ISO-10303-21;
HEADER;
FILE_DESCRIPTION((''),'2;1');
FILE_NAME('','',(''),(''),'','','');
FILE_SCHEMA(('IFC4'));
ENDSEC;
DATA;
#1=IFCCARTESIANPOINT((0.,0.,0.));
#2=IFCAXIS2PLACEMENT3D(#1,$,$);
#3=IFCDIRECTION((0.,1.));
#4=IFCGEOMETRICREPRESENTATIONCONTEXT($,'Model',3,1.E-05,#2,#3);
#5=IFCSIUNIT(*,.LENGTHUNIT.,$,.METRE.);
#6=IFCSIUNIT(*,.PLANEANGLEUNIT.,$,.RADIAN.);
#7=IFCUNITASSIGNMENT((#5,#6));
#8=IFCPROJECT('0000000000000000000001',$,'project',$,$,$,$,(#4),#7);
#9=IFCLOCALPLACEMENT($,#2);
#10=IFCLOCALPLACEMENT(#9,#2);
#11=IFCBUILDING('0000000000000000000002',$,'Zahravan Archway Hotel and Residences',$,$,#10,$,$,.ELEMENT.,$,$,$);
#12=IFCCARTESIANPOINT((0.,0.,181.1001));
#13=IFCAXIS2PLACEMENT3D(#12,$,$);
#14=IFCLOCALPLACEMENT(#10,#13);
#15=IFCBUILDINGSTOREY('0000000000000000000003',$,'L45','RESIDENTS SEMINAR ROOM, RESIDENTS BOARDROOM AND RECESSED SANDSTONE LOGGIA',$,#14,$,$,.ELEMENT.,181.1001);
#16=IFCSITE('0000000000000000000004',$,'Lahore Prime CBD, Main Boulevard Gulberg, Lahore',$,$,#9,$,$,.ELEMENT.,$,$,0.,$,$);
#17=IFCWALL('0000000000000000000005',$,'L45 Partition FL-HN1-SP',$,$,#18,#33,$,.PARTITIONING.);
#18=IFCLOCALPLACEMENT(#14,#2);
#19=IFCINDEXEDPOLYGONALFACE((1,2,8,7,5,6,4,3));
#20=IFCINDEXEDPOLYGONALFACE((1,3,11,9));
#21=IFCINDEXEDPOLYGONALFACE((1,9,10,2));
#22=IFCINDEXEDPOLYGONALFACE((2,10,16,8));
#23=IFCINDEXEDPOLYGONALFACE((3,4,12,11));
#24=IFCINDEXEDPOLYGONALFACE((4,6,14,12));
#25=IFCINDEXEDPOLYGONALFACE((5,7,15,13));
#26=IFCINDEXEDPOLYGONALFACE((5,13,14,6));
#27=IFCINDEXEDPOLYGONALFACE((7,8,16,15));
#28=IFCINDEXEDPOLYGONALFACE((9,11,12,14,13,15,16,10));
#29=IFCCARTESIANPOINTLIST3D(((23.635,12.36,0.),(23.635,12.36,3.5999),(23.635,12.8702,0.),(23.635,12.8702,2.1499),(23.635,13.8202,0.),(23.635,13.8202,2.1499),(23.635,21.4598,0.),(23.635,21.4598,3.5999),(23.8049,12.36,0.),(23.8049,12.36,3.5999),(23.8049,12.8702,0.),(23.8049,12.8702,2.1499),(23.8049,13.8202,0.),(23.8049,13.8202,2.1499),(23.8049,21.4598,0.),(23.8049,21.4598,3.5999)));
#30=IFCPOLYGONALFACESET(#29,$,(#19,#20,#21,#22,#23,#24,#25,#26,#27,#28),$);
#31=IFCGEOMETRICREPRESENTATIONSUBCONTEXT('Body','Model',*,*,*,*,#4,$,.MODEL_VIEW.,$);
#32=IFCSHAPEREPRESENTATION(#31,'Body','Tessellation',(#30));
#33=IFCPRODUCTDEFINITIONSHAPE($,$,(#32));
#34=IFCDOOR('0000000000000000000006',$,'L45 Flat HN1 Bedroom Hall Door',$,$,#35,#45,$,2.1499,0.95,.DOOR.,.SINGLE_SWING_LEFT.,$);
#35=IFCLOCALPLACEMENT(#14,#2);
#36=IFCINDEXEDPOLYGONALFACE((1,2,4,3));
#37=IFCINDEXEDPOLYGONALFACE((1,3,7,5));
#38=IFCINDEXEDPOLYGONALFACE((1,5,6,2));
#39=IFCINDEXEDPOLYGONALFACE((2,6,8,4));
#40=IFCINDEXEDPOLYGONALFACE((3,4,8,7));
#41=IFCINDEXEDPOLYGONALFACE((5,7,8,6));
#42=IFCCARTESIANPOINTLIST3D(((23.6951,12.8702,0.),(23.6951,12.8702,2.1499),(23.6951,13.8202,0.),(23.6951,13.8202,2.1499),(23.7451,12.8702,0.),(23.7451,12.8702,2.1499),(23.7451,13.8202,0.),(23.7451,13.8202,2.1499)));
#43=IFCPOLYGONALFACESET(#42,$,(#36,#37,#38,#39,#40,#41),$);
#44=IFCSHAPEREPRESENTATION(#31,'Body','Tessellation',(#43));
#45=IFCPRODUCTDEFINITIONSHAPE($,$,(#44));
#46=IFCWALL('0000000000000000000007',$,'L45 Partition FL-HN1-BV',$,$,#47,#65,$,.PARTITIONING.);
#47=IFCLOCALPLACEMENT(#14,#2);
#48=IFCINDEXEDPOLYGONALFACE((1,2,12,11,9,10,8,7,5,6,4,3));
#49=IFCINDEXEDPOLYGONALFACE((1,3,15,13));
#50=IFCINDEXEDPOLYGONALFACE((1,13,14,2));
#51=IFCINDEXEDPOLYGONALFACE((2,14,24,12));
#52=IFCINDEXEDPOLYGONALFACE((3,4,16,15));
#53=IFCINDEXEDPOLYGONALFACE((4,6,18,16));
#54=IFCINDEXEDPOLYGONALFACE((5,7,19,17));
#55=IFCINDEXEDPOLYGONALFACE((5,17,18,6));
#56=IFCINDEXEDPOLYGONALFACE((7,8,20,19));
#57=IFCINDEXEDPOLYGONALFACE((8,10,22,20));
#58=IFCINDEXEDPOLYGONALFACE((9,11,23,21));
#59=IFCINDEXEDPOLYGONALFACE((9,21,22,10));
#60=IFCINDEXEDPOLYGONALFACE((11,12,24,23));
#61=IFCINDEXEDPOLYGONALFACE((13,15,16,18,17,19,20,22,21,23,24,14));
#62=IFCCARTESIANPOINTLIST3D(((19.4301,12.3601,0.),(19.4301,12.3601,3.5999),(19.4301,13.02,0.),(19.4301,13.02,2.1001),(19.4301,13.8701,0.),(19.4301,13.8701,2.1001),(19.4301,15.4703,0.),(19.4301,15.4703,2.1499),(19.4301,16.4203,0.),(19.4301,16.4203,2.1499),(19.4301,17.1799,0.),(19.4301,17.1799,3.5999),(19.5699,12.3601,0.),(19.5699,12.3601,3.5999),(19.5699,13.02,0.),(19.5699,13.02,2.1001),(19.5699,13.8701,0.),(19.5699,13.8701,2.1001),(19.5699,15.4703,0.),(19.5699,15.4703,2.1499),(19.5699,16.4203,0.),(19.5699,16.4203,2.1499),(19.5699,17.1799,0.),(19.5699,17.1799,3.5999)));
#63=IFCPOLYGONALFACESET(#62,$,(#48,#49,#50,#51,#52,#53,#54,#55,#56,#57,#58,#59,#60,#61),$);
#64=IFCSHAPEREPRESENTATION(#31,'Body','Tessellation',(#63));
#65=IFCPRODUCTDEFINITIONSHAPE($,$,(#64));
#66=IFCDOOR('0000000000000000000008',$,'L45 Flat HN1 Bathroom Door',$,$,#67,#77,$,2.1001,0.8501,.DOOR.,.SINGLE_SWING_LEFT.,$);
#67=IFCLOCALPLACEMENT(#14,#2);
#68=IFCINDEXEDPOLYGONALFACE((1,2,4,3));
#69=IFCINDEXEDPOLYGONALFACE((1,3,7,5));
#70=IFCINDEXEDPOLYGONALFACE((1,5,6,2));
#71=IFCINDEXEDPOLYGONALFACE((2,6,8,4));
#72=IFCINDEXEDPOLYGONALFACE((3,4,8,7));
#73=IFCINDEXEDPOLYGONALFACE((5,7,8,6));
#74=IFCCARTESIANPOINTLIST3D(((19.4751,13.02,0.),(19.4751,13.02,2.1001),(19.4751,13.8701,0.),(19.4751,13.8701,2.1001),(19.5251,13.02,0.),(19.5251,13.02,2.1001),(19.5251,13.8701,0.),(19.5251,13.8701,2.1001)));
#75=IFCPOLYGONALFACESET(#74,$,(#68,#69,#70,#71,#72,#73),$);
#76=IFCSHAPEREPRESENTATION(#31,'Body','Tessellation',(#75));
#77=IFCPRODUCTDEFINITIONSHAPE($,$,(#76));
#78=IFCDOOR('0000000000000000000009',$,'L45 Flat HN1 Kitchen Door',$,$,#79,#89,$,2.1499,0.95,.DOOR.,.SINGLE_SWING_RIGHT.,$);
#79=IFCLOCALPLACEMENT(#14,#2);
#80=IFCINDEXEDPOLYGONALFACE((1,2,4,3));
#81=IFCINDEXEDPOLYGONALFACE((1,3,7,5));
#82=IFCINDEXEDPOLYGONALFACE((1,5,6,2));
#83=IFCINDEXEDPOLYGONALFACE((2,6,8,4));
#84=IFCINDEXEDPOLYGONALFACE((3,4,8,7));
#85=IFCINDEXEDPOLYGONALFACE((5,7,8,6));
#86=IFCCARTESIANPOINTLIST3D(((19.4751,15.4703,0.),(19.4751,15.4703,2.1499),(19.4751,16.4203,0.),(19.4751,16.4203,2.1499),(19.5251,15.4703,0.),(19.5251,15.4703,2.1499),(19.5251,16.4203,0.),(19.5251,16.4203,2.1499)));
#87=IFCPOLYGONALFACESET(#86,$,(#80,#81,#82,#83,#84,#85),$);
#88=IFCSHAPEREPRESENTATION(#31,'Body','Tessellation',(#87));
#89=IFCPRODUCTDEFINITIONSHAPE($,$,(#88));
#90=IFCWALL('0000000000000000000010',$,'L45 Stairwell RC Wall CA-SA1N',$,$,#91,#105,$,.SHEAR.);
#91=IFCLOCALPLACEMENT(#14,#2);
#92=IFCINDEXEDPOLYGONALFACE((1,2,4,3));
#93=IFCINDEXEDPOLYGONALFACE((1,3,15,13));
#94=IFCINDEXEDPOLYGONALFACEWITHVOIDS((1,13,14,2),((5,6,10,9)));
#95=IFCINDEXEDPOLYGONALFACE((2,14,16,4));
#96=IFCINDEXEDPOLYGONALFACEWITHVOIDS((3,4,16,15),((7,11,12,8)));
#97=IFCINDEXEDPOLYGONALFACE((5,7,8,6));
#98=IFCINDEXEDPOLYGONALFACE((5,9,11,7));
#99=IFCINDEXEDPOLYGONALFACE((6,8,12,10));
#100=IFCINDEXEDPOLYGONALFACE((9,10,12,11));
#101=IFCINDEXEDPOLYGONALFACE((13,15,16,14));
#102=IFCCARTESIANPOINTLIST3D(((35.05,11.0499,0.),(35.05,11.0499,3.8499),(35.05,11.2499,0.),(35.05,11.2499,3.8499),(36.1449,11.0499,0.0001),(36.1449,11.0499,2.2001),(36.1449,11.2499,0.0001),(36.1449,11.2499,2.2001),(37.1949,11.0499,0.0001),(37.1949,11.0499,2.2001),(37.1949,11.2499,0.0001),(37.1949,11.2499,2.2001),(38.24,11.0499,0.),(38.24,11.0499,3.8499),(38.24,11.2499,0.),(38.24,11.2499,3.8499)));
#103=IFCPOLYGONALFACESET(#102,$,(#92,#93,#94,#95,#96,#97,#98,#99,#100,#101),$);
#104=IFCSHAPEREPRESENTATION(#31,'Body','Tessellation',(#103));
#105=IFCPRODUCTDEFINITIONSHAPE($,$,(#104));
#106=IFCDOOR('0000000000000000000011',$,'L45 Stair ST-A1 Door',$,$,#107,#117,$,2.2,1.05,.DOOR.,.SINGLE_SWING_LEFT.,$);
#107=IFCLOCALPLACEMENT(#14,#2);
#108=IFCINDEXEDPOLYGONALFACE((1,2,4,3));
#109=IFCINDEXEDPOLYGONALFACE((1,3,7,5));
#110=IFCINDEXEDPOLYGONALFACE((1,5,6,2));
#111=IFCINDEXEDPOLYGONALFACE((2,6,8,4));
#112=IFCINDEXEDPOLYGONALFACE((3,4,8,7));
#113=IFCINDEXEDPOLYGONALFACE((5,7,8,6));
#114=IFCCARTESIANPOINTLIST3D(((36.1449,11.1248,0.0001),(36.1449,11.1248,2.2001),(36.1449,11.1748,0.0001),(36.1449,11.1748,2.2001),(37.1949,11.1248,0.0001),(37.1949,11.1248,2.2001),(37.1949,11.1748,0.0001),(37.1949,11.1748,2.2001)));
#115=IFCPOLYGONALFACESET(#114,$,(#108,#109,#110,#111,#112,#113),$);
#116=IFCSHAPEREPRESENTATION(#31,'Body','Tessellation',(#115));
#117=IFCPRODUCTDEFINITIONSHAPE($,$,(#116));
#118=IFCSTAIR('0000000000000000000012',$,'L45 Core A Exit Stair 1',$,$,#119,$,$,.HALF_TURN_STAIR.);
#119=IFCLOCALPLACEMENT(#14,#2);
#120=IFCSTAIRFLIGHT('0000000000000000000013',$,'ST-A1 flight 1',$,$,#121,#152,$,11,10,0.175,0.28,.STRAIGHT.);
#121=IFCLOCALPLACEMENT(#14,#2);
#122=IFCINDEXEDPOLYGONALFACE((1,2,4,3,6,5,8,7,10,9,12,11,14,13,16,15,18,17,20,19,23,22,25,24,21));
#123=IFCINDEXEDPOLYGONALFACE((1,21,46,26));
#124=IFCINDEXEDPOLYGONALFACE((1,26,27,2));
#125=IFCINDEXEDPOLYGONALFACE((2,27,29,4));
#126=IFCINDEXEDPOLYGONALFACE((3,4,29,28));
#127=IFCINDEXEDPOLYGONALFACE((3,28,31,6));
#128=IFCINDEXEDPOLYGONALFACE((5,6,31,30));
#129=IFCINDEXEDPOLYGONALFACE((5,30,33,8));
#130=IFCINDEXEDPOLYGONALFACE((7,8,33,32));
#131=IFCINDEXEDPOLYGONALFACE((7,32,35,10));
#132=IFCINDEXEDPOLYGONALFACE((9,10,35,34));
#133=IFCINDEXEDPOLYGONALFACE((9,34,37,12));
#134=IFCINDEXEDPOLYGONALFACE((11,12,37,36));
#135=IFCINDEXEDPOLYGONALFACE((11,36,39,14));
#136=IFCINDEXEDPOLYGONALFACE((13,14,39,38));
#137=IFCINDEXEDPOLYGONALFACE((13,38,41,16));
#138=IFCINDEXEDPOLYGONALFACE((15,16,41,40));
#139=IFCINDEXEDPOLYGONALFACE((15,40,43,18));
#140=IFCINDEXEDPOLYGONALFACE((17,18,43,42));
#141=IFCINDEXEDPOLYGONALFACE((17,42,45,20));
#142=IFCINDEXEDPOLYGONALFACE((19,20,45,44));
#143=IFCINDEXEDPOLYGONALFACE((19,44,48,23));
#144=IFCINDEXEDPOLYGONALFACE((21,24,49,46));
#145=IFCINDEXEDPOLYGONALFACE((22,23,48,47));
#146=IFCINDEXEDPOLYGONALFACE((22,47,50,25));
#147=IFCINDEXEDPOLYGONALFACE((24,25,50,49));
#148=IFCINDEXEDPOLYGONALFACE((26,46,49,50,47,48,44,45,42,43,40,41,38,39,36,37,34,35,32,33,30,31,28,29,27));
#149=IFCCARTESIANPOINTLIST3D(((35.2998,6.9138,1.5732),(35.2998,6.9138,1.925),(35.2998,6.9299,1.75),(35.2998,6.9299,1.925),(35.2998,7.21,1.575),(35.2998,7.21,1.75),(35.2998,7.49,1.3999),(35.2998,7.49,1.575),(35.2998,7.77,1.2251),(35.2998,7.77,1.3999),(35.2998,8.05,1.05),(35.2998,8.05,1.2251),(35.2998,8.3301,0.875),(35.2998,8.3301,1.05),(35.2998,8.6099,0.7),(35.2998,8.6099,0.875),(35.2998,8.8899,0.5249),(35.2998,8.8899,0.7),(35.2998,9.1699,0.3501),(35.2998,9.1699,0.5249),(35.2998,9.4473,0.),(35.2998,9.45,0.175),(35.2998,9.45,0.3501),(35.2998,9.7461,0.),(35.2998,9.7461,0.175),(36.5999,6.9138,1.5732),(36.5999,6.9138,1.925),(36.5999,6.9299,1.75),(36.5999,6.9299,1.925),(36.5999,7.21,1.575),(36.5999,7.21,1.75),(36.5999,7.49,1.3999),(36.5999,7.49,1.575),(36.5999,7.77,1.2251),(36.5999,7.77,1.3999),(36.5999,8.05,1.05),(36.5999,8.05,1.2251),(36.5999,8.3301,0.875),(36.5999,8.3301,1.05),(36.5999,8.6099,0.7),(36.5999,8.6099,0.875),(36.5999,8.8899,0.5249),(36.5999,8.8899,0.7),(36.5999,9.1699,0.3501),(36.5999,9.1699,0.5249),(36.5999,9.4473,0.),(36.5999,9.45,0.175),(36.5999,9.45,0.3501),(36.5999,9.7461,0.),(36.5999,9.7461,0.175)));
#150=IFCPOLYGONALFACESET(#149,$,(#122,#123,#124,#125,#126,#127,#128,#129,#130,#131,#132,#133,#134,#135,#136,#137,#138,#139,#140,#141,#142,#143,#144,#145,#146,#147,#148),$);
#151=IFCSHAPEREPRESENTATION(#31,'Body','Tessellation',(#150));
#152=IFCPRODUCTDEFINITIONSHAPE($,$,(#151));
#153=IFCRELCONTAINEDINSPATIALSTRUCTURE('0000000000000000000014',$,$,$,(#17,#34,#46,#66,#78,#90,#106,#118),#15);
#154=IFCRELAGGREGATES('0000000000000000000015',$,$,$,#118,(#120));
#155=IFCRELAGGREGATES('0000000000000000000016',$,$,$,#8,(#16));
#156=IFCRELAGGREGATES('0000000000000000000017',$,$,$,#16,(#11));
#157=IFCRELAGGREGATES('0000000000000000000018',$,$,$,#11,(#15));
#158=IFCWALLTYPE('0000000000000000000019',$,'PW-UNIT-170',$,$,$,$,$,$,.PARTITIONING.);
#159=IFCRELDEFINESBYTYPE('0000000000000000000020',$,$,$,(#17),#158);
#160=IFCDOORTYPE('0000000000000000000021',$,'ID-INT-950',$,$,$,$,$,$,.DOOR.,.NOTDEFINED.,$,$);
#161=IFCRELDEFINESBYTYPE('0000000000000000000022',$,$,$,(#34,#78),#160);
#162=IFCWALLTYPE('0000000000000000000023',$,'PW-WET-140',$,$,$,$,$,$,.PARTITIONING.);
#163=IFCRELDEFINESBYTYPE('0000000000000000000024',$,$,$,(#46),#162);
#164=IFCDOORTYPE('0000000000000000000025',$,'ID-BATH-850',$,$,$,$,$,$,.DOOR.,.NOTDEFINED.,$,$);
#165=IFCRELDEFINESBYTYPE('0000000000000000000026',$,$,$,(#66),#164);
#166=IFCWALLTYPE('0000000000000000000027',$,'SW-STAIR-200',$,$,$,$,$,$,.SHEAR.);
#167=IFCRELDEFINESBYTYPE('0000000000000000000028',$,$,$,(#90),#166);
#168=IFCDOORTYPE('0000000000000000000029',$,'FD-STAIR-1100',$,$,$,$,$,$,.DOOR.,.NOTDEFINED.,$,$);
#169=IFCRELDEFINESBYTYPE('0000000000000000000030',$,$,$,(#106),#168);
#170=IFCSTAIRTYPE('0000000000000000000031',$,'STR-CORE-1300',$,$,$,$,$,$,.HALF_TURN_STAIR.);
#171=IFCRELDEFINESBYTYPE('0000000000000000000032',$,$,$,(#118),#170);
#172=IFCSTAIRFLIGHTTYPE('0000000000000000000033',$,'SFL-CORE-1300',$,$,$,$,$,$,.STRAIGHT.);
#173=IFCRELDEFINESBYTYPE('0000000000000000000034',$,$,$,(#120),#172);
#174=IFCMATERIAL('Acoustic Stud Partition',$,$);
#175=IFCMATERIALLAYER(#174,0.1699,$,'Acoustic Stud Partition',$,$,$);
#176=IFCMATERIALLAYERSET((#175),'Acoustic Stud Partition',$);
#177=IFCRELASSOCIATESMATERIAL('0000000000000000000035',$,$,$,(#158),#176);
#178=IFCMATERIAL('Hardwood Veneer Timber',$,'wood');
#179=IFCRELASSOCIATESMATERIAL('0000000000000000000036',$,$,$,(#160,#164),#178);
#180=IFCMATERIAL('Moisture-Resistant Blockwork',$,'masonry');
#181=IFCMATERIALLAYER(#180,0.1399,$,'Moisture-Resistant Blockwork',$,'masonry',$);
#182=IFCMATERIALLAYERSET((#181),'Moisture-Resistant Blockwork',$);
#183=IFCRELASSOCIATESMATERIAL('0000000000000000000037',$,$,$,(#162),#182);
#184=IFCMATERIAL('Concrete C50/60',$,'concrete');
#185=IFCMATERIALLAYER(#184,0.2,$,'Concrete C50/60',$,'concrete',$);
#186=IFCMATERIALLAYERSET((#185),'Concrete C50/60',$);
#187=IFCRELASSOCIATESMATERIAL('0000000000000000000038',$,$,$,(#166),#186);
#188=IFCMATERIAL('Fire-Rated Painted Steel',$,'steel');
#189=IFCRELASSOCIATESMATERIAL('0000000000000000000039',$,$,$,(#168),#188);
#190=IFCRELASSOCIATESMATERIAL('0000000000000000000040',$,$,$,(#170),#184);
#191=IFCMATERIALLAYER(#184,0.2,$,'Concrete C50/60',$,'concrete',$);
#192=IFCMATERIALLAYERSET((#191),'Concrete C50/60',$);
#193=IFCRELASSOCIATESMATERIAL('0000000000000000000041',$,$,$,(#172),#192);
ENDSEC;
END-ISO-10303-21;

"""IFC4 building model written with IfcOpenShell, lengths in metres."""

from ifc_helpers import new_model, si_unit, direction, frame, frame_2d, origin, place, context, subcontext, project, spatial, polyline, rectangle, outline, extrude, source, transform, mapped, material, layer, layer_set, type_object, type_shapes, element, fill, aggregate, save


model = new_model("IFC4")

# Units and contexts
model_context = context("Model", 3, precision=1e-05, world=origin(), true_north=direction((0.0, 1.0)))
body_context = subcontext(model_context, "Body", "Model", "MODEL_VIEW")
ifc_project = project(units=[si_unit("LENGTHUNIT", "METRE"), si_unit("PLANEANGLEUNIT", "RADIAN")], contexts=[model_context])

# Site, building, storey
site_placement = place(None, origin())
site = spatial("IfcSite", under=ifc_project, at=site_placement, Name="Lahore Prime CBD, Main Boulevard Gulberg, Lahore", CompositionType="ELEMENT", RefElevation=0.0)
building_placement = place(site_placement, origin())
building = spatial("IfcBuilding", under=site, at=building_placement, Name="Zahravan Archway Hotel and Residences", CompositionType="ELEMENT")
storey_placement = place(building_placement, frame((0.0, 0.0, 181.1001)))
storey = spatial("IfcBuildingStorey", under=building, at=storey_placement, Name="L45", Description="RESIDENTS SEMINAR ROOM, RESIDENTS BOARDROOM AND RECESSED SANDSTONE LOGGIA", CompositionType="ELEMENT", Elevation=181.1001)

# Wall, opening, door
ifc_material_1 = material(Name="Acoustic Stud Partition")
ifc_layer_1 = layer(ifc_material_1, 0.1699, Name="Acoustic Stud Partition")
ifc_layer_set_1 = layer_set([ifc_layer_1], Name="Acoustic Stud Partition")
wall_type_1 = type_object("IfcWallType", Name="PW-UNIT-170", PredefinedType="PARTITIONING", material=ifc_layer_set_1)
wall_1_placement = place(storey_placement, frame((23.72, 12.3601, 0.0), z_axis=(0.0, 0.0, 1.0), x_axis=(0.0, 1.0, 0.0)))
wall_1 = element("IfcWall", 1, at=wall_1_placement, inside=storey, type_object=wall_type_1, Name="L45 Partition FL-HN1-SP", PredefinedType="PARTITIONING", context=body_context, shape_type="SweptSolid", body=[
    extrude(rectangle(XDim=9.0999, YDim=0.1699, at=frame_2d((4.5498, 0.0))), origin(), (0.0, 0.0, 1.0), 3.5999),
])
opening_1_placement = place(wall_1_placement, frame((0.51, 0.0, 0.0)))
opening_1 = element("IfcOpeningElement", 2, at=opening_1_placement, cuts=wall_1, PredefinedType="OPENING", context=body_context, shape_type="SweptSolid", body=[
    extrude(rectangle(XDim=0.95, YDim=2.1499, at=frame_2d((0.4751, 1.075))), frame((0.0, 0.095, 0.0), z_axis=(0.0, -1.0, 0.0), x_axis=(1.0, 0.0, 0.0)), (0.0, 0.0, 1.0), 0.1899),
])
ifc_material_2 = material(Name="Hardwood Veneer Timber", Category="wood")
door_type_1 = type_object("IfcDoorType", Name="ID-INT-950", OperationType="NOTDEFINED", PredefinedType="DOOR", material=ifc_material_2)
shared_shape_1 = source(origin(), body_context, "Body", "SweptSolid", [
    extrude(rectangle(XDim=0.95, YDim=2.1499, at=frame_2d((0.4751, 1.075))), frame((0.0, 0.0249, 0.0), z_axis=(0.0, -1.0, 0.0), x_axis=(1.0, 0.0, 0.0)), (0.0, 0.0, 1.0), 0.05),
])
type_shapes(door_type_1, [shared_shape_1])
door_1_placement = place(opening_1_placement, origin())
door_1 = element("IfcDoor", 3, at=door_1_placement, inside=storey, type_object=door_type_1, Name="L45 Flat HN1 Bedroom Hall Door", OperationType="SINGLE_SWING_LEFT", OverallHeight=2.1499, OverallWidth=0.95, PredefinedType="DOOR", context=body_context, shape_type="MappedRepresentation", body=[
    mapped(shared_shape_1, transform((0.0, 0.0, 0.0), scale=1.0)),
])
fill(opening_1, door_1)

# Wall, openings, doors
ifc_material_3 = material(Name="Moisture-Resistant Blockwork", Category="masonry")
ifc_layer_2 = layer(ifc_material_3, 0.1399, Name="Moisture-Resistant Blockwork", Category="masonry")
ifc_layer_set_2 = layer_set([ifc_layer_2], Name="Moisture-Resistant Blockwork")
wall_type_2 = type_object("IfcWallType", Name="PW-WET-140", PredefinedType="PARTITIONING", material=ifc_layer_set_2)
wall_2_placement = place(storey_placement, frame((19.5, 12.3601, 0.0), z_axis=(0.0, 0.0, 1.0), x_axis=(0.0, 1.0, 0.0)))
wall_2 = element("IfcWall", 4, at=wall_2_placement, inside=storey, type_object=wall_type_2, Name="L45 Partition FL-HN1-BV", PredefinedType="PARTITIONING", context=body_context, shape_type="SweptSolid", body=[
    extrude(rectangle(XDim=4.8198, YDim=0.1399, at=frame_2d((2.4099, 0.0))), origin(), (0.0, 0.0, 1.0), 3.5999),
])
opening_2_placement = place(wall_2_placement, frame((0.6599, 0.0, 0.0)))
opening_2 = element("IfcOpeningElement", 5, at=opening_2_placement, cuts=wall_2, PredefinedType="OPENING", context=body_context, shape_type="SweptSolid", body=[
    extrude(rectangle(XDim=0.8501, YDim=2.1001, at=frame_2d((0.425, 1.05))), frame((0.0, 0.0801, 0.0), z_axis=(0.0, -1.0, 0.0), x_axis=(1.0, 0.0, 0.0)), (0.0, 0.0, 1.0), 0.1599),
])
opening_3_placement = place(wall_2_placement, frame((3.1101, 0.0, 0.0)))
opening_3 = element("IfcOpeningElement", 6, at=opening_3_placement, cuts=wall_2, PredefinedType="OPENING", context=body_context, shape_type="SweptSolid", body=[
    extrude(rectangle(XDim=0.95, YDim=2.1499, at=frame_2d((0.4751, 1.075))), frame((0.0, 0.0801, 0.0), z_axis=(0.0, -1.0, 0.0), x_axis=(1.0, 0.0, 0.0)), (0.0, 0.0, 1.0), 0.1599),
])
door_type_2 = type_object("IfcDoorType", Name="ID-BATH-850", OperationType="NOTDEFINED", PredefinedType="DOOR", material=ifc_material_2)
shared_shape_2 = source(origin(), body_context, "Body", "SweptSolid", [
    extrude(rectangle(XDim=0.8501, YDim=2.1001, at=frame_2d((0.425, 1.05))), frame((0.0, 0.0249, 0.0), z_axis=(0.0, -1.0, 0.0), x_axis=(1.0, 0.0, 0.0)), (0.0, 0.0, 1.0), 0.05),
])
type_shapes(door_type_2, [shared_shape_2])
door_2_placement = place(opening_2_placement, origin())
door_2 = element("IfcDoor", 7, at=door_2_placement, inside=storey, type_object=door_type_2, Name="L45 Flat HN1 Bathroom Door", OperationType="SINGLE_SWING_LEFT", OverallHeight=2.1001, OverallWidth=0.8501, PredefinedType="DOOR", context=body_context, shape_type="MappedRepresentation", body=[
    mapped(shared_shape_2, transform((0.0, 0.0, 0.0), scale=1.0)),
])
fill(opening_2, door_2)
door_3_placement = place(opening_3_placement, origin())
door_3 = element("IfcDoor", 8, at=door_3_placement, inside=storey, type_object=door_type_1, Name="L45 Flat HN1 Kitchen Door", OperationType="SINGLE_SWING_RIGHT", OverallHeight=2.1499, OverallWidth=0.95, PredefinedType="DOOR", context=body_context, shape_type="MappedRepresentation", body=[
    mapped(shared_shape_1, transform((0.0, 0.0, 0.0), scale=1.0)),
])
fill(opening_3, door_3)

# Wall, opening, door
ifc_material_4 = material(Name="Concrete C50/60", Category="concrete")
ifc_layer_3 = layer(ifc_material_4, 0.2, Name="Concrete C50/60", Category="concrete")
ifc_layer_set_3 = layer_set([ifc_layer_3], Name="Concrete C50/60")
wall_type_3 = type_object("IfcWallType", Name="SW-STAIR-200", PredefinedType="SHEAR", material=ifc_layer_set_3)
wall_3_placement = place(storey_placement, frame((35.05, 11.1499, 0.0), z_axis=(0.0, 0.0, 1.0), x_axis=(1.0, 0.0, 0.0)))
wall_3 = element("IfcWall", 9, at=wall_3_placement, inside=storey, type_object=wall_type_3, Name="L45 Stairwell RC Wall CA-SA1N", PredefinedType="SHEAR", context=body_context, shape_type="SweptSolid", body=[
    extrude(rectangle(XDim=3.1899, YDim=0.2, at=frame_2d((1.595, 0.0))), origin(), (0.0, 0.0, 1.0), 3.8499),
])
opening_4_placement = place(wall_3_placement, frame((1.095, 0.0, 0.0)))
opening_4 = element("IfcOpeningElement", 10, at=opening_4_placement, cuts=wall_3, PredefinedType="OPENING", context=body_context, shape_type="SweptSolid", body=[
    extrude(rectangle(XDim=1.05, YDim=2.2, at=frame_2d((0.5249, 1.1001))), frame((0.0, 0.1099, 0.0), z_axis=(0.0, -1.0, 0.0), x_axis=(1.0, 0.0, 0.0)), (0.0, 0.0, 1.0), 0.22),
])
ifc_material_5 = material(Name="Fire-Rated Painted Steel", Category="steel")
door_type_3 = type_object("IfcDoorType", Name="FD-STAIR-1100", OperationType="NOTDEFINED", PredefinedType="DOOR", material=ifc_material_5)
shared_shape_3 = source(origin(), body_context, "Body", "SweptSolid", [
    extrude(rectangle(XDim=1.05, YDim=2.2, at=frame_2d((0.5249, 1.1001))), frame((0.0, 0.0249, 0.0), z_axis=(0.0, -1.0, 0.0), x_axis=(1.0, 0.0, 0.0)), (0.0, 0.0, 1.0), 0.05),
])
type_shapes(door_type_3, [shared_shape_3])
door_4_placement = place(opening_4_placement, origin())
door_4 = element("IfcDoor", 11, at=door_4_placement, inside=storey, type_object=door_type_3, Name="L45 Stair ST-A1 Door", OperationType="SINGLE_SWING_LEFT", OverallHeight=2.2, OverallWidth=1.05, PredefinedType="DOOR", context=body_context, shape_type="MappedRepresentation", body=[
    mapped(shared_shape_3, transform((0.0, 0.0, 0.0), scale=1.0)),
])
fill(opening_4, door_4)

# Stair, stair flight
stair_type = type_object("IfcStairType", Name="STR-CORE-1300", PredefinedType="HALF_TURN_STAIR", material=ifc_material_4)
stair_placement = place(storey_placement, origin())
stair = element("IfcStair", 12, at=stair_placement, inside=storey, type_object=stair_type, Name="L45 Core A Exit Stair 1", PredefinedType="HALF_TURN_STAIR")
ifc_layer_4 = layer(ifc_material_4, 0.2, Name="Concrete C50/60", Category="concrete")
ifc_layer_set_4 = layer_set([ifc_layer_4], Name="Concrete C50/60")
stair_flight_type = type_object("IfcStairFlightType", Name="SFL-CORE-1300", PredefinedType="STRAIGHT", material=ifc_layer_set_4)
shared_shape_4 = source(origin(), body_context, "Body", "SweptSolid", [
    extrude(outline(polyline([(-0.0161, 0.0), (-0.0161, 0.175), (0.28, 0.175), (0.28, 0.3501), (0.5601, 0.3501), (0.5601, 0.5249), (0.8401, 0.5249), (0.8401, 0.7), (1.1201, 0.7), (1.1201, 0.875), (1.3999, 0.875), (1.3999, 1.05), (1.6799, 1.05), (1.6799, 1.2251), (1.96, 1.2251), (1.96, 1.3999), (2.24, 1.3999), (2.24, 1.575), (2.52, 1.575), (2.52, 1.75), (2.8, 1.75), (2.8, 1.925), (2.8162, 1.925), (2.8162, 1.5732), (0.2827, 0.0), (-0.0161, 0.0)])), frame((0.0, 0.6499, 0.0), z_axis=(0.0, -1.0, 0.0), x_axis=(1.0, 0.0, 0.0)), (0.0, 0.0, 1.0), 1.3),
])
stair_flight_placement = place(storey_placement, frame((35.95, 9.73, 0.0), z_axis=(0.0, 0.0, 1.0), x_axis=(0.0, -1.0, 0.0)))
stair_flight = element("IfcStairFlight", 13, at=stair_flight_placement, type_object=stair_flight_type, Name="ST-A1 flight 1", NumberOfRisers=11, NumberOfTreads=10, PredefinedType="STRAIGHT", RiserHeight=0.175, TreadLength=0.28, context=body_context, shape_type="MappedRepresentation", body=[
    mapped(shared_shape_4, transform((0.0, 0.0, 0.0), scale=1.0)),
])
aggregate(stair, [stair_flight])

save(model, "model.ifc")
